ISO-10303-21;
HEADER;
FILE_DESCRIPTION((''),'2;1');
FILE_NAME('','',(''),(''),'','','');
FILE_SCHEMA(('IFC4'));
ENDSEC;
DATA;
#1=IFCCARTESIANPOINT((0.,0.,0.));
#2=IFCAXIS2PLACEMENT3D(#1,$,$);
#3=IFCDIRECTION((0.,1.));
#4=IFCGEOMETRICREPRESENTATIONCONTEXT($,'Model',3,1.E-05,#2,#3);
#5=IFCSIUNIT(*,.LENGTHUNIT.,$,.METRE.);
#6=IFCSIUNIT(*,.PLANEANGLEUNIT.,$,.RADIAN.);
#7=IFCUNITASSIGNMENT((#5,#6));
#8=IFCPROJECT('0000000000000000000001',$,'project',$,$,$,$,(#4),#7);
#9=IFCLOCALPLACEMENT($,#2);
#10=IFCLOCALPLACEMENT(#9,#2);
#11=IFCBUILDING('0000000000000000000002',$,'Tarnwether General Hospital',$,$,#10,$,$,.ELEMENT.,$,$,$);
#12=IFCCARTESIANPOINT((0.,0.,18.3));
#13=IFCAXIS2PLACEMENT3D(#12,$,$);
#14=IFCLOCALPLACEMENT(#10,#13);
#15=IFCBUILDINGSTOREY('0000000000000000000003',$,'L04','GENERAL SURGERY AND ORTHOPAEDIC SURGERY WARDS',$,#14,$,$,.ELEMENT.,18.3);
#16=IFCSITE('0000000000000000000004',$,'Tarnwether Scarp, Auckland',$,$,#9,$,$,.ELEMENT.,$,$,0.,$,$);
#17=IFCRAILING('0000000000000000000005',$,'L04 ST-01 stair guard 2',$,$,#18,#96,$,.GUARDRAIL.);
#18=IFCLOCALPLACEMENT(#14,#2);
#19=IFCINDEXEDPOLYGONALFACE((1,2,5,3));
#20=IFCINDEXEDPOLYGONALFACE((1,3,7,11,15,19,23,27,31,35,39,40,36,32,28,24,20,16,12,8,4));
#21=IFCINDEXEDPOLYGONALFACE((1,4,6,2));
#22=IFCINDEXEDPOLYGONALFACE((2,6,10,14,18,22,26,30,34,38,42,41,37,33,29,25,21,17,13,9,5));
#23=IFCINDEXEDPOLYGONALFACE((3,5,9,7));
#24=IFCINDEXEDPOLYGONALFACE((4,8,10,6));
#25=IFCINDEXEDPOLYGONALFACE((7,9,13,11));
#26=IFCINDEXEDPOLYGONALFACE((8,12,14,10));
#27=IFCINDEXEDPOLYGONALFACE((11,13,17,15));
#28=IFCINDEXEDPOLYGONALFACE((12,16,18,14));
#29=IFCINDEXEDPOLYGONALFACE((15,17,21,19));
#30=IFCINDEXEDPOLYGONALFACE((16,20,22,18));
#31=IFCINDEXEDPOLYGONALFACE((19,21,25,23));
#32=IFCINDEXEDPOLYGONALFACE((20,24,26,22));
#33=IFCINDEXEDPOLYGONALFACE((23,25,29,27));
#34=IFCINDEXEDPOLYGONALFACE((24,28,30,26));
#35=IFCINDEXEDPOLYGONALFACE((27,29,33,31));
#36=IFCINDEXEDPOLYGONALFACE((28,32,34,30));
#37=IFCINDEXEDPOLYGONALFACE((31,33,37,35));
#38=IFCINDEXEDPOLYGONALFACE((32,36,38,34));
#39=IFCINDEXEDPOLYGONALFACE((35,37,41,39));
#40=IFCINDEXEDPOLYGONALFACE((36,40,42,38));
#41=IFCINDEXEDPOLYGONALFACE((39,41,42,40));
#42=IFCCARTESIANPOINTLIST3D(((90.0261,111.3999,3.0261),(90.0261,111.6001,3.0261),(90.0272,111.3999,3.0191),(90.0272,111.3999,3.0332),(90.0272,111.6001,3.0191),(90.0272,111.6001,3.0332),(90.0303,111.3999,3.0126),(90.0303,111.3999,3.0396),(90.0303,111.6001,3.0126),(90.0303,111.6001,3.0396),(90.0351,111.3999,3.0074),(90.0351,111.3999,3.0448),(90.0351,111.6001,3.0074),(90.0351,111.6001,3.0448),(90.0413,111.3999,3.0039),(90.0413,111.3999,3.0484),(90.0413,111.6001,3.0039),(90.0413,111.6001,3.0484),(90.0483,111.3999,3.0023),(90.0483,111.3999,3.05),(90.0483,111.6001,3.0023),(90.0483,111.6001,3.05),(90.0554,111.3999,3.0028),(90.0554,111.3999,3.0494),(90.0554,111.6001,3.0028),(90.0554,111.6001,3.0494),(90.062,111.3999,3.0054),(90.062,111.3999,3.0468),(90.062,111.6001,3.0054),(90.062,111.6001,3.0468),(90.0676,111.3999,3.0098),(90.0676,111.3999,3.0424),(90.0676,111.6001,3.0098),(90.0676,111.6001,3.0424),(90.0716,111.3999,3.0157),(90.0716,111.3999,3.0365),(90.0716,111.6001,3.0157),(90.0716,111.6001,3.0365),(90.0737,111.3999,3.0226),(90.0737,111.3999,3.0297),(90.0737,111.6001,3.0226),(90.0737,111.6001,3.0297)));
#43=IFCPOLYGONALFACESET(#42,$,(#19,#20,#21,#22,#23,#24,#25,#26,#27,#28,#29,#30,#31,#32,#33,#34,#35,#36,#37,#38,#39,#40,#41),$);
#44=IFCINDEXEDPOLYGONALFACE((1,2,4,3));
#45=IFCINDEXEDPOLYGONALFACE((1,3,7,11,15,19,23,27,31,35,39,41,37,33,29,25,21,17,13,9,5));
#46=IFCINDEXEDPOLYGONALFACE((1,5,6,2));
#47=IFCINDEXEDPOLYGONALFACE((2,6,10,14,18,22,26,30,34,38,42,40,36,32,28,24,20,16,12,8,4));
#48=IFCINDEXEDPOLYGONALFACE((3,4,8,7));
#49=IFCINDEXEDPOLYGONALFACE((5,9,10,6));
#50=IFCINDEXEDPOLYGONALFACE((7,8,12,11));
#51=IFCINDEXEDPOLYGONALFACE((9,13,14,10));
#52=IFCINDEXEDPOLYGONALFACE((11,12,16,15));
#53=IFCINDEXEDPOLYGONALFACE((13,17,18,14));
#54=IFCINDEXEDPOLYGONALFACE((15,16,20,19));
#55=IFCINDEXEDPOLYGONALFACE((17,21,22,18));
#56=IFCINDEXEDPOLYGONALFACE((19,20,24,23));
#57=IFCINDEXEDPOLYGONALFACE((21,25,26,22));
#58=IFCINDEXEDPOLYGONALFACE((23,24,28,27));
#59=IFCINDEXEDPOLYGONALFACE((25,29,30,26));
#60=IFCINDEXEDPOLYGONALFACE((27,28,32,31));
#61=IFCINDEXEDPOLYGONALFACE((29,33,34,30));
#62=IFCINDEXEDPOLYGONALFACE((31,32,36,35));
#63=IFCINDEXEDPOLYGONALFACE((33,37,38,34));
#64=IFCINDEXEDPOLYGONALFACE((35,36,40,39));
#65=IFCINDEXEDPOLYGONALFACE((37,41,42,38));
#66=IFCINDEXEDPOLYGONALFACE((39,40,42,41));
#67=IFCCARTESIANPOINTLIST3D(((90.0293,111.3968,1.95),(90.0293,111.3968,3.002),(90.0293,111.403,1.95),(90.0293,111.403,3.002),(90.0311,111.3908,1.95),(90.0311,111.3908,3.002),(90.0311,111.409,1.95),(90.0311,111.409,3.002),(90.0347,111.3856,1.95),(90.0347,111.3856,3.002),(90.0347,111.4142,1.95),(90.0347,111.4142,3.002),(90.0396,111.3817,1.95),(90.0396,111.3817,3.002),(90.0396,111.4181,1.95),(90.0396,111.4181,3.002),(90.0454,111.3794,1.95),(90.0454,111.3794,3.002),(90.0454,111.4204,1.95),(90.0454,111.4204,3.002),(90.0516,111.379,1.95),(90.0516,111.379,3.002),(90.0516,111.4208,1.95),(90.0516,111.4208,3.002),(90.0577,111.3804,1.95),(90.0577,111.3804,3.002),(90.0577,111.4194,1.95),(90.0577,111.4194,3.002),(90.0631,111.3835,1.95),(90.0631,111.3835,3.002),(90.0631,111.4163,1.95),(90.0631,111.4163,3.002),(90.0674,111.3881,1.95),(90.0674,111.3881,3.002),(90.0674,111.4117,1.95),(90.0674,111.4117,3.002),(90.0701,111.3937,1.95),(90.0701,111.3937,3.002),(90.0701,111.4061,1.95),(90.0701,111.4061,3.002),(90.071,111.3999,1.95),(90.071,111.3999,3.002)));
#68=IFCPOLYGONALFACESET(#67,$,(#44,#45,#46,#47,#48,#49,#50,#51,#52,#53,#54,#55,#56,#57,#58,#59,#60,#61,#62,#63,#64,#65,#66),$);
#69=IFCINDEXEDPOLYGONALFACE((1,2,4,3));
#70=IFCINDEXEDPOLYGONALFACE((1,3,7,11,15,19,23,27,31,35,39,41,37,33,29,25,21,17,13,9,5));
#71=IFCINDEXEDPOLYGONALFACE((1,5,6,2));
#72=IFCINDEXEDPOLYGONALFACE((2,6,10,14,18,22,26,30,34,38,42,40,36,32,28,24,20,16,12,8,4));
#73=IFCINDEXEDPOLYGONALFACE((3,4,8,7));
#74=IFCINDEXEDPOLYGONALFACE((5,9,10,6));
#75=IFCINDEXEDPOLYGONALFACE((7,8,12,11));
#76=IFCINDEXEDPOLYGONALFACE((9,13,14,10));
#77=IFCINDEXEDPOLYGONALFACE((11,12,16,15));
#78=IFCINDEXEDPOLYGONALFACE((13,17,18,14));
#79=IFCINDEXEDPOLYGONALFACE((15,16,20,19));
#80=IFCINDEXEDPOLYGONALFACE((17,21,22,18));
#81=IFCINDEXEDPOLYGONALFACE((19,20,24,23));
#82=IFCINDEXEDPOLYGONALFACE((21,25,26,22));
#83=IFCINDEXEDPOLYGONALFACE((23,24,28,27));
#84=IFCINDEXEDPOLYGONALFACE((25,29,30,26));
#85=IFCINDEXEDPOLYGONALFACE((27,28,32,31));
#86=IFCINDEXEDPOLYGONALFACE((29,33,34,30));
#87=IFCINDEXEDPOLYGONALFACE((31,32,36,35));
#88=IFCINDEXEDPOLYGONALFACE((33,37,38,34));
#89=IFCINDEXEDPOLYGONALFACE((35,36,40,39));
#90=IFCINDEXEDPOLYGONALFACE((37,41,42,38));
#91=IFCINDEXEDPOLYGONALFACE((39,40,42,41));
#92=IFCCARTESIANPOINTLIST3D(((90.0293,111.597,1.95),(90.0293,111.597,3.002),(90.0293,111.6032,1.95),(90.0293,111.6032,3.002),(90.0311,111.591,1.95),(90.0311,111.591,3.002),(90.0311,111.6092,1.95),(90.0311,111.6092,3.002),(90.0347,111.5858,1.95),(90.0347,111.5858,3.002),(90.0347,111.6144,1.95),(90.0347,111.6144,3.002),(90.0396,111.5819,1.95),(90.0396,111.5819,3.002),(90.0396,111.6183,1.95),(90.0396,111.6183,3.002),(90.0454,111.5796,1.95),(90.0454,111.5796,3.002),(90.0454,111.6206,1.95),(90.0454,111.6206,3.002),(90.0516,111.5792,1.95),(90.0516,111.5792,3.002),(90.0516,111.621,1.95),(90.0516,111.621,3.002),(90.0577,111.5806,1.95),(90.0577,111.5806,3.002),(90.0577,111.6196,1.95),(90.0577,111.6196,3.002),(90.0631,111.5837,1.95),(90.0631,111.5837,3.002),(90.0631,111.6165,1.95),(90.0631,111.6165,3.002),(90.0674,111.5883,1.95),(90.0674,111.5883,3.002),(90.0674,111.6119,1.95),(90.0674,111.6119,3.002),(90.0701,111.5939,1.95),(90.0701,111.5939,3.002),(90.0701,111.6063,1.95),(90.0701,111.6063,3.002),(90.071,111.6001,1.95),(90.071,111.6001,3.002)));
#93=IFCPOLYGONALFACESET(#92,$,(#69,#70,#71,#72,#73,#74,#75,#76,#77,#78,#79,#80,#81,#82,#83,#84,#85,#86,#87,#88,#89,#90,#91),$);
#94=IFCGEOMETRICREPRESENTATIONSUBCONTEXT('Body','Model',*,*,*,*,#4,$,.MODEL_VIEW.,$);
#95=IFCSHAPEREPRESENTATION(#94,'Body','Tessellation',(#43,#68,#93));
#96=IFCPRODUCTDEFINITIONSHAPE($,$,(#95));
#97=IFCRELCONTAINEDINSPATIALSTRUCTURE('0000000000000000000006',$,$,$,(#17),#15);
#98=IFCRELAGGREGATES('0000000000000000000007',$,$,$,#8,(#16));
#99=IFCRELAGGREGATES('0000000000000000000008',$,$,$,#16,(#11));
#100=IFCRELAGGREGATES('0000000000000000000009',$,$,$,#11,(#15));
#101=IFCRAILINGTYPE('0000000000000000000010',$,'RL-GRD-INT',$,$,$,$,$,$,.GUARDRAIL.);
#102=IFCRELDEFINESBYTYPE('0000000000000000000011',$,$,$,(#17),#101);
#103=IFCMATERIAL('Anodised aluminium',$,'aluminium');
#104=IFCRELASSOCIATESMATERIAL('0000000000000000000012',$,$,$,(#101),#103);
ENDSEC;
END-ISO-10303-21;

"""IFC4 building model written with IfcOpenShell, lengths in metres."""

from ifc_helpers import new_model, si_unit, direction, frame, origin, origin_2d, place, context, subcontext, project, spatial, circle, extrude, material, type_object, element, save


model = new_model("IFC4")

# Units and contexts
model_context = context("Model", 3, precision=1e-05, world=origin(), true_north=direction((0.0, 1.0)))
body_context = subcontext(model_context, "Body", "Model", "MODEL_VIEW")
ifc_project = project(units=[si_unit("LENGTHUNIT", "METRE"), si_unit("PLANEANGLEUNIT", "RADIAN")], contexts=[model_context])

# Site, building, storey
site_placement = place(None, origin())
site = spatial("IfcSite", under=ifc_project, at=site_placement, Name="Tarnwether Scarp, Auckland", CompositionType="ELEMENT", RefElevation=0.0)
building_placement = place(site_placement, origin())
building = spatial("IfcBuilding", under=site, at=building_placement, Name="Tarnwether General Hospital", CompositionType="ELEMENT")
storey_placement = place(building_placement, frame((0.0, 0.0, 18.3)))
storey = spatial("IfcBuildingStorey", under=building, at=storey_placement, Name="L04", Description="GENERAL SURGERY AND ORTHOPAEDIC SURGERY WARDS", CompositionType="ELEMENT", Elevation=18.3)

# Railing
ifc_material_1 = material(Name="Anodised aluminium", Category="aluminium")
railing_type_1 = type_object("IfcRailingType", Name="RL-GRD-INT", PredefinedType="GUARDRAIL", material=ifc_material_1)
railing_1_placement = place(storey_placement, frame((90.05, 111.3999, 1.95)))
element("IfcRailing", 1, at=railing_1_placement, inside=storey, type_object=railing_type_1, Name="L04 ST-01 stair guard 2", PredefinedType="GUARDRAIL", context=body_context, shape_type="SweptSolid", body=[
    extrude(circle(Radius=0.0239, at=origin_2d()), frame((0.0, 0.0, 1.0762), z_axis=(0.0, 1.0, 0.0), x_axis=(-1.0, 0.0, 0.0)), (0.0, 0.0, 1.0), 0.2002),
    extrude(circle(Radius=0.021, at=origin_2d()), origin(), (0.0, 0.0, 1.0), 1.052),
    extrude(circle(Radius=0.021, at=origin_2d()), frame((0.0, 0.2002, 0.0)), (0.0, 0.0, 1.0), 1.052),
])

save(model, "model.ifc")
